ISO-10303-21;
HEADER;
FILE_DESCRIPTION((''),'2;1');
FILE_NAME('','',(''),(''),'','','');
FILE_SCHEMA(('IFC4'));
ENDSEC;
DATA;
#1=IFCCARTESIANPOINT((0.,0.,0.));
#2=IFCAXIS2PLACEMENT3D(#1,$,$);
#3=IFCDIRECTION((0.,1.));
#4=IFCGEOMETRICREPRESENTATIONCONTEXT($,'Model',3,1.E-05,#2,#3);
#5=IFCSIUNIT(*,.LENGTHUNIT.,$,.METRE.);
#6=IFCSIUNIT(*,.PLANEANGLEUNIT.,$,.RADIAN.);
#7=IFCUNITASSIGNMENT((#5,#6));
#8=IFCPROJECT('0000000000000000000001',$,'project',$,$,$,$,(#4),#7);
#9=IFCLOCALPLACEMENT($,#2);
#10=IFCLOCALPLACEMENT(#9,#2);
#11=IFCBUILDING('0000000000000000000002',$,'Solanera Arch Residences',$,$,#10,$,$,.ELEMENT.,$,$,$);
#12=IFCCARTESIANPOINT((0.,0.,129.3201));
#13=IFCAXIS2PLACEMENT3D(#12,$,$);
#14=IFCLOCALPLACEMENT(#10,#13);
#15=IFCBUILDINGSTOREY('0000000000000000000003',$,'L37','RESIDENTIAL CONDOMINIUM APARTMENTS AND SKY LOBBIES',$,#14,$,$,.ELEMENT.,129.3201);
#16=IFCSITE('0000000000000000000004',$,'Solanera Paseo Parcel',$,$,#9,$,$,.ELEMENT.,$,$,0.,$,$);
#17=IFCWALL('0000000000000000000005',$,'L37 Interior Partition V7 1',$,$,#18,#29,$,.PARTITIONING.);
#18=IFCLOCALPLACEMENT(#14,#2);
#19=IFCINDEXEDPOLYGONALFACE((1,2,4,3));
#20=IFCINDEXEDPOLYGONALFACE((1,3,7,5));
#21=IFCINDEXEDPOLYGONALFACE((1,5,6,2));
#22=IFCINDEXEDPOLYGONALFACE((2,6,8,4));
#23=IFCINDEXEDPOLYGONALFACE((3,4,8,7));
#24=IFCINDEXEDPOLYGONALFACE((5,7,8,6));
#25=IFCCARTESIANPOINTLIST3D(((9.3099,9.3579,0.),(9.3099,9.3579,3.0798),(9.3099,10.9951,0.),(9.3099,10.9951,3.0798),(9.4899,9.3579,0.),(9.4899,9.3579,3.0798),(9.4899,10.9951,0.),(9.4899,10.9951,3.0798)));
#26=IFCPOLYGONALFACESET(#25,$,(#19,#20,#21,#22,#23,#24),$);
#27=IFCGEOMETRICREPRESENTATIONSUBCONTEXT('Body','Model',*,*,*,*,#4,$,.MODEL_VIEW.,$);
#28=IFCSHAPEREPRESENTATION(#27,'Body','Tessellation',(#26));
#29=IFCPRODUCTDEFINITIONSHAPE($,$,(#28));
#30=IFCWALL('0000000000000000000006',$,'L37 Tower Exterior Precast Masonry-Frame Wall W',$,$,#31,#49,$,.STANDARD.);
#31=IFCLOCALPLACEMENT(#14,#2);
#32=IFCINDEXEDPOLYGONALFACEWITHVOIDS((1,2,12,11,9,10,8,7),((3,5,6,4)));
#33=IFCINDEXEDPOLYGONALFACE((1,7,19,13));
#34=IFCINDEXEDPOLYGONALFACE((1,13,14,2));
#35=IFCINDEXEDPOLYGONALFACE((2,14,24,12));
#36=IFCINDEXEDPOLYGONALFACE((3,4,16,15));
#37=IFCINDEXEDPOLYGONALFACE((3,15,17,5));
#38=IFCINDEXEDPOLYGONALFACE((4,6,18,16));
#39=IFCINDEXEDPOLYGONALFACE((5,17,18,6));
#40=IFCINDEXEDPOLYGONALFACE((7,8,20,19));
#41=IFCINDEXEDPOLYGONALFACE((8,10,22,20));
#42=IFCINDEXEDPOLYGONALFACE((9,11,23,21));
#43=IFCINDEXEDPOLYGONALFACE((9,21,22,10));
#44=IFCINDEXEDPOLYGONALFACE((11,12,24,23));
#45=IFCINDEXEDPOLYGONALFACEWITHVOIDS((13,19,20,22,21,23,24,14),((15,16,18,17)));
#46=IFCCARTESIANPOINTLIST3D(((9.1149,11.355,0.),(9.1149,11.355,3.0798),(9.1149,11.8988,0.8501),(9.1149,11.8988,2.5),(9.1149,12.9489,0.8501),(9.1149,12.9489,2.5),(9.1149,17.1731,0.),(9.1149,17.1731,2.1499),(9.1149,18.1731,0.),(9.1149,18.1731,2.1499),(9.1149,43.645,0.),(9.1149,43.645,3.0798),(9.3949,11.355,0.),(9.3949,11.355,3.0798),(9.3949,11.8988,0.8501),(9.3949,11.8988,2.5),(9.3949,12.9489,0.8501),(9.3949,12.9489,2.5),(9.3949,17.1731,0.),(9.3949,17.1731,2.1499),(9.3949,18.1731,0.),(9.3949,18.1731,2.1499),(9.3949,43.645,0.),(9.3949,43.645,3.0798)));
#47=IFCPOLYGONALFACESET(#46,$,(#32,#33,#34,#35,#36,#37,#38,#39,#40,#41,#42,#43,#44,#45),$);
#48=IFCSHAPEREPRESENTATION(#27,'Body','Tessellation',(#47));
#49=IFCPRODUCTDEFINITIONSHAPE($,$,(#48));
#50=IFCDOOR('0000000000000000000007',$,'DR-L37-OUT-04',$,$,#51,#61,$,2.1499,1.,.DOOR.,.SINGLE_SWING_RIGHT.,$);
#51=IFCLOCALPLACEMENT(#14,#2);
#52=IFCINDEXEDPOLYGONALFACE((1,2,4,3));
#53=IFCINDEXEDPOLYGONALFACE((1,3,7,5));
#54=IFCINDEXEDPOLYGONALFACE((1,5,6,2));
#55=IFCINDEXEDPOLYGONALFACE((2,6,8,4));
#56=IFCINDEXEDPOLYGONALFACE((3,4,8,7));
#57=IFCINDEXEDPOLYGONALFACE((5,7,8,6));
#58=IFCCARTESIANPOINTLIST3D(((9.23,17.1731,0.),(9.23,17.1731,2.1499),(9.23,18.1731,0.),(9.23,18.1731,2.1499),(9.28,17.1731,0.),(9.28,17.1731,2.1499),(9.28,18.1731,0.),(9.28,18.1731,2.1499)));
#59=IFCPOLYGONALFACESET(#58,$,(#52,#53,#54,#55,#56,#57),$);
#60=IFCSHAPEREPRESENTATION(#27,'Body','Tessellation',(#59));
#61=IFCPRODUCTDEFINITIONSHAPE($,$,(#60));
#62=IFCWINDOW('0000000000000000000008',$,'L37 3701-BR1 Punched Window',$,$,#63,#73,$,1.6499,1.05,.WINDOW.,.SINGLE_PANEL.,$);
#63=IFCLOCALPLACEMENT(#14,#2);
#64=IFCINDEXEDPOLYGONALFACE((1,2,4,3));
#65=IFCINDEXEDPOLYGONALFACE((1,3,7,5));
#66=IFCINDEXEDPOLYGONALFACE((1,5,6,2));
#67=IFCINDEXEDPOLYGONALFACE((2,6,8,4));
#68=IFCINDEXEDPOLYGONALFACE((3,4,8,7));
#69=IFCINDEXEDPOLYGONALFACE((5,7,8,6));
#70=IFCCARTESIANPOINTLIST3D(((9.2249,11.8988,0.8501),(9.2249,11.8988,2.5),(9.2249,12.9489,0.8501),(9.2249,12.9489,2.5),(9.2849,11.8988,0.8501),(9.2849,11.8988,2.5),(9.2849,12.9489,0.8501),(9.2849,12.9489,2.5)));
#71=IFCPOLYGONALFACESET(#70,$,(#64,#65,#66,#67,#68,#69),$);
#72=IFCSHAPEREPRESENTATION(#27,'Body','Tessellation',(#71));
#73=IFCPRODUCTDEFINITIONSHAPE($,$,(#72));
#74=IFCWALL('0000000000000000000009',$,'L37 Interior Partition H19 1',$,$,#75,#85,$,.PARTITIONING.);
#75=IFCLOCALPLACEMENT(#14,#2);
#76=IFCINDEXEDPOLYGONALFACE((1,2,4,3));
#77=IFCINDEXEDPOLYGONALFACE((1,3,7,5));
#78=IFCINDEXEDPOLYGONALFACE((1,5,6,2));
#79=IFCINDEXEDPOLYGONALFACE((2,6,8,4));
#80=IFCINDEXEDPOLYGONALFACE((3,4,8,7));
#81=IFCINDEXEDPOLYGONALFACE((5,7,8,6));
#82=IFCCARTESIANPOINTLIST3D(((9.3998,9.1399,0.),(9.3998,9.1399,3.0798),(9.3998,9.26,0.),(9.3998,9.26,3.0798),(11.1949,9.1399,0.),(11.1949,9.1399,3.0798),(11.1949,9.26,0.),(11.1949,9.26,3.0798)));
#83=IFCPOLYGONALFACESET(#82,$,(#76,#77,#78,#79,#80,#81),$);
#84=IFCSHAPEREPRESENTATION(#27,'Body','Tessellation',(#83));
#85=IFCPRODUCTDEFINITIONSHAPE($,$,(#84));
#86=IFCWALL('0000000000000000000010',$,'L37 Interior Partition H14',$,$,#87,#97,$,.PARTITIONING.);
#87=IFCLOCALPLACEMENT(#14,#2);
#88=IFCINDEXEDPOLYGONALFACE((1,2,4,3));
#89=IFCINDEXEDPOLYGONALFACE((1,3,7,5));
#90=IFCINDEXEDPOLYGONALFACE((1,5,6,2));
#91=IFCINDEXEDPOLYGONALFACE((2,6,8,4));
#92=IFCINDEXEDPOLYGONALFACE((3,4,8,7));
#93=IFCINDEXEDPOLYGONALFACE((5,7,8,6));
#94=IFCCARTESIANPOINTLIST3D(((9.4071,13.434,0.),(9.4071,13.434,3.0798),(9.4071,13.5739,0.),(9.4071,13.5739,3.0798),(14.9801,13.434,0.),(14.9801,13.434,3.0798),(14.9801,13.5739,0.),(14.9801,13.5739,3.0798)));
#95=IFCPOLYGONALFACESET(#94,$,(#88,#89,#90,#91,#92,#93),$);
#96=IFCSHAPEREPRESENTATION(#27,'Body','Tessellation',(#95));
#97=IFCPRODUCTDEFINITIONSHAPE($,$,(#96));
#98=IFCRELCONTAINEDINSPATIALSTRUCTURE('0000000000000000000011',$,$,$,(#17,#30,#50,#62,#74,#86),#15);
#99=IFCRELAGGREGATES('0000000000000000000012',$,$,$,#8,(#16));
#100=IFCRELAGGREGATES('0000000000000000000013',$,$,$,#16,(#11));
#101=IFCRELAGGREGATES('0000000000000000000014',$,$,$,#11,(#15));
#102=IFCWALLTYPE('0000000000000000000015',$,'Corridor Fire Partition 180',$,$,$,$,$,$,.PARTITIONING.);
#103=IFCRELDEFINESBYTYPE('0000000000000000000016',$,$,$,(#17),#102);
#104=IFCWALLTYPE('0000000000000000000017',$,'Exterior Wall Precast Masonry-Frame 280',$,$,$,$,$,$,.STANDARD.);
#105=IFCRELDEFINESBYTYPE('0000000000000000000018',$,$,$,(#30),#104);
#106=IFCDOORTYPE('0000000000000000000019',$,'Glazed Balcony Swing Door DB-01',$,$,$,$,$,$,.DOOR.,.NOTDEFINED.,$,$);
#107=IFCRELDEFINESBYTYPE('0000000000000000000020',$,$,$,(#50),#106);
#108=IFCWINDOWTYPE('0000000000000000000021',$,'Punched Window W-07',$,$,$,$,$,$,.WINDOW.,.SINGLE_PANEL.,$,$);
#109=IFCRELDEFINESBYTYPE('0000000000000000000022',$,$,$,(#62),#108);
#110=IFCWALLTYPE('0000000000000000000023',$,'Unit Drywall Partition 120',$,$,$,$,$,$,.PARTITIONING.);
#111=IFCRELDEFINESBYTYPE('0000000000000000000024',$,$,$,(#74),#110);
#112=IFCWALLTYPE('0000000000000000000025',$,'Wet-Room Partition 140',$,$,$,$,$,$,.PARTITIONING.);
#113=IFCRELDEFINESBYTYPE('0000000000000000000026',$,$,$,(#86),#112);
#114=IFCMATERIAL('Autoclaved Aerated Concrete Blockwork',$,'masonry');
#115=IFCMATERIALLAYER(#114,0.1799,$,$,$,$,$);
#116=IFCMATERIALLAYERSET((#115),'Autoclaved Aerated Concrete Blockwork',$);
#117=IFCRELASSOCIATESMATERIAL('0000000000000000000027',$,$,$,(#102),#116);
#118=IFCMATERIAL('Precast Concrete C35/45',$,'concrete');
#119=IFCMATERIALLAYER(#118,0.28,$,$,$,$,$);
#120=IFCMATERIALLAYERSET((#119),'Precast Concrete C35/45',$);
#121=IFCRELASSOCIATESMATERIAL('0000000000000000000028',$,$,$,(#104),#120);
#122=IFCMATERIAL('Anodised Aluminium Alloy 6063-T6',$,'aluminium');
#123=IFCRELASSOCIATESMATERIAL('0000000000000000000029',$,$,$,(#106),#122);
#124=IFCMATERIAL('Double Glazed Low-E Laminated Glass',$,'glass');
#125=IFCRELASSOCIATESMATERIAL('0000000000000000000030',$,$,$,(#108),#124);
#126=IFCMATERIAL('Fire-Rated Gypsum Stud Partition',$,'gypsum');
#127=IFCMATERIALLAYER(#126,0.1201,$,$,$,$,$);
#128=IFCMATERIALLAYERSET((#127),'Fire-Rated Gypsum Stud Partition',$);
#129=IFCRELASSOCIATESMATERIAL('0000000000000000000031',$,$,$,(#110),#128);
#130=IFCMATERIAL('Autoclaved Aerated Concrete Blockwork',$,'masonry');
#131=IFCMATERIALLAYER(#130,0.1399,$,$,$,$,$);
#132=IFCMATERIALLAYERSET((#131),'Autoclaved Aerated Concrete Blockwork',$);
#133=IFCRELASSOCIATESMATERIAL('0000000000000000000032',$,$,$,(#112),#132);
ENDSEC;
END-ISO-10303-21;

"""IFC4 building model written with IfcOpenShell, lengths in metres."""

from ifc_helpers import new_model, si_unit, direction, frame, frame_2d, origin, place, context, subcontext, project, spatial, rectangle, extrude, material, layer, layer_set, type_object, element, fill, save


model = new_model("IFC4")

# Units and contexts
model_context = context("Model", 3, precision=1e-05, world=origin(), true_north=direction((0.0, 1.0)))
body_context = subcontext(model_context, "Body", "Model", "MODEL_VIEW")
ifc_project = project(units=[si_unit("LENGTHUNIT", "METRE"), si_unit("PLANEANGLEUNIT", "RADIAN")], contexts=[model_context])

# Site, building, storey
site_placement = place(None, origin())
site = spatial("IfcSite", under=ifc_project, at=site_placement, Name="Solanera Paseo Parcel", CompositionType="ELEMENT", RefElevation=0.0)
building_placement = place(site_placement, origin())
building = spatial("IfcBuilding", under=site, at=building_placement, Name="Solanera Arch Residences", CompositionType="ELEMENT")
storey_placement = place(building_placement, frame((0.0, 0.0, 129.3201)))
storey = spatial("IfcBuildingStorey", under=building, at=storey_placement, Name="L37", Description="RESIDENTIAL CONDOMINIUM APARTMENTS AND SKY LOBBIES", CompositionType="ELEMENT", Elevation=129.3201)

# Wall
ifc_material_1 = material(Name="Autoclaved Aerated Concrete Blockwork", Category="masonry")
ifc_layer_1 = layer(ifc_material_1, 0.1799)
ifc_layer_set_1 = layer_set([ifc_layer_1], Name="Autoclaved Aerated Concrete Blockwork")
wall_type_1 = type_object("IfcWallType", Name="Corridor Fire Partition 180", PredefinedType="PARTITIONING", material=ifc_layer_set_1)
wall_1_placement = place(storey_placement, frame((9.3999, 9.3579, 0.0), z_axis=(0.0, 0.0, 1.0), x_axis=(0.0, 1.0, 0.0)))
element("IfcWall", 1, at=wall_1_placement, inside=storey, type_object=wall_type_1, Name="L37 Interior Partition V7 1", PredefinedType="PARTITIONING", context=body_context, shape_type="SweptSolid", body=[
    extrude(rectangle(XDim=1.6372, YDim=0.1799, at=frame_2d((0.8186, 0.0))), origin(), (0.0, 0.0, 1.0), 3.0798),
])

# Wall, openings, door, window
ifc_material_2 = material(Name="Precast Concrete C35/45", Category="concrete")
ifc_layer_2 = layer(ifc_material_2, 0.28)
ifc_layer_set_2 = layer_set([ifc_layer_2], Name="Precast Concrete C35/45")
wall_type_2 = type_object("IfcWallType", Name="Exterior Wall Precast Masonry-Frame 280", PredefinedType="STANDARD", material=ifc_layer_set_2)
wall_2_placement = place(storey_placement, frame((9.2549, 11.355, 0.0), z_axis=(0.0, 0.0, 1.0), x_axis=(0.0, 1.0, 0.0)))
wall_2 = element("IfcWall", 2, at=wall_2_placement, inside=storey, type_object=wall_type_2, Name="L37 Tower Exterior Precast Masonry-Frame Wall W", PredefinedType="STANDARD", context=body_context, shape_type="SweptSolid", body=[
    extrude(rectangle(XDim=32.29, YDim=0.28, at=frame_2d((16.145, 0.0))), origin(), (0.0, 0.0, 1.0), 3.0798),
])
opening_1_placement = place(wall_2_placement, frame((5.8181, 0.0, 0.0)))
opening_1 = element("IfcOpeningElement", 3, at=opening_1_placement, cuts=wall_2, PredefinedType="OPENING", context=body_context, shape_type="SweptSolid", body=[
    extrude(rectangle(XDim=1.0, YDim=2.1499, at=frame_2d((0.5, 1.075))), frame((0.0, 0.1499, 0.0), z_axis=(0.0, -1.0, 0.0), x_axis=(1.0, 0.0, 0.0)), (0.0, 0.0, 1.0), 0.3),
])
opening_2_placement = place(wall_2_placement, frame((0.5439, 0.0, 0.8501)))
opening_2 = element("IfcOpeningElement", 4, at=opening_2_placement, cuts=wall_2, PredefinedType="OPENING", context=body_context, shape_type="SweptSolid", body=[
    extrude(rectangle(XDim=1.05, YDim=1.6499, at=frame_2d((0.5249, 0.825))), frame((0.0, 0.1499, 0.0), z_axis=(0.0, -1.0, 0.0), x_axis=(1.0, 0.0, 0.0)), (0.0, 0.0, 1.0), 0.3),
])
ifc_material_3 = material(Name="Anodised Aluminium Alloy 6063-T6", Category="aluminium")
door_type = type_object("IfcDoorType", Name="Glazed Balcony Swing Door DB-01", OperationType="NOTDEFINED", PredefinedType="DOOR", material=ifc_material_3)
door_placement = place(opening_1_placement, origin())
door = element("IfcDoor", 5, at=door_placement, inside=storey, type_object=door_type, Name="DR-L37-OUT-04", OperationType="SINGLE_SWING_RIGHT", OverallHeight=2.1499, OverallWidth=1.0, PredefinedType="DOOR", context=body_context, shape_type="SweptSolid", body=[
    extrude(rectangle(XDim=1.0, YDim=2.1499, at=frame_2d((0.5, 1.075))), frame((0.0, 0.0249, 0.0), z_axis=(0.0, -1.0, 0.0), x_axis=(1.0, 0.0, 0.0)), (0.0, 0.0, 1.0), 0.05),
])
fill(opening_1, door)
ifc_material_4 = material(Name="Double Glazed Low-E Laminated Glass", Category="glass")
window_type = type_object("IfcWindowType", Name="Punched Window W-07", PartitioningType="SINGLE_PANEL", PredefinedType="WINDOW", material=ifc_material_4)
window_placement = place(opening_2_placement, origin())
window = element("IfcWindow", 6, at=window_placement, inside=storey, type_object=window_type, Name="L37 3701-BR1 Punched Window", OverallHeight=1.6499, OverallWidth=1.05, PartitioningType="SINGLE_PANEL", PredefinedType="WINDOW", context=body_context, shape_type="SweptSolid", body=[
    extrude(rectangle(XDim=1.05, YDim=1.6499, at=frame_2d((0.5249, 0.825))), frame((0.0, 0.03, 0.0), z_axis=(0.0, -1.0, 0.0), x_axis=(1.0, 0.0, 0.0)), (0.0, 0.0, 1.0), 0.0601),
])
fill(opening_2, window)

# Walls
ifc_material_5 = material(Name="Fire-Rated Gypsum Stud Partition", Category="gypsum")
ifc_layer_3 = layer(ifc_material_5, 0.1201)
ifc_layer_set_3 = layer_set([ifc_layer_3], Name="Fire-Rated Gypsum Stud Partition")
wall_type_3 = type_object("IfcWallType", Name="Unit Drywall Partition 120", PredefinedType="PARTITIONING", material=ifc_layer_set_3)
wall_3_placement = place(storey_placement, frame((9.3999, 9.2, 0.0), z_axis=(0.0, 0.0, 1.0), x_axis=(1.0, 0.0, 0.0)))
element("IfcWall", 7, at=wall_3_placement, inside=storey, type_object=wall_type_3, Name="L37 Interior Partition H19 1", PredefinedType="PARTITIONING", context=body_context, shape_type="SweptSolid", body=[
    extrude(rectangle(XDim=1.7952, YDim=0.1201, at=frame_2d((0.8975, 0.0))), origin(), (0.0, 0.0, 1.0), 3.0798),
])
ifc_material_6 = material(Name="Autoclaved Aerated Concrete Blockwork", Category="masonry")
ifc_layer_4 = layer(ifc_material_6, 0.1399)
ifc_layer_set_4 = layer_set([ifc_layer_4], Name="Autoclaved Aerated Concrete Blockwork")
wall_type_4 = type_object("IfcWallType", Name="Wet-Room Partition 140", PredefinedType="PARTITIONING", material=ifc_layer_set_4)
wall_4_placement = place(storey_placement, frame((9.407, 13.5039, 0.0), z_axis=(0.0, 0.0, 1.0), x_axis=(1.0, 0.0, 0.0)))
element("IfcWall", 8, at=wall_4_placement, inside=storey, type_object=wall_type_4, Name="L37 Interior Partition H14", PredefinedType="PARTITIONING", context=body_context, shape_type="SweptSolid", body=[
    extrude(rectangle(XDim=5.573, YDim=0.1399, at=frame_2d((2.7866, 0.0))), origin(), (0.0, 0.0, 1.0), 3.0798),
])

save(model, "model.ifc")
